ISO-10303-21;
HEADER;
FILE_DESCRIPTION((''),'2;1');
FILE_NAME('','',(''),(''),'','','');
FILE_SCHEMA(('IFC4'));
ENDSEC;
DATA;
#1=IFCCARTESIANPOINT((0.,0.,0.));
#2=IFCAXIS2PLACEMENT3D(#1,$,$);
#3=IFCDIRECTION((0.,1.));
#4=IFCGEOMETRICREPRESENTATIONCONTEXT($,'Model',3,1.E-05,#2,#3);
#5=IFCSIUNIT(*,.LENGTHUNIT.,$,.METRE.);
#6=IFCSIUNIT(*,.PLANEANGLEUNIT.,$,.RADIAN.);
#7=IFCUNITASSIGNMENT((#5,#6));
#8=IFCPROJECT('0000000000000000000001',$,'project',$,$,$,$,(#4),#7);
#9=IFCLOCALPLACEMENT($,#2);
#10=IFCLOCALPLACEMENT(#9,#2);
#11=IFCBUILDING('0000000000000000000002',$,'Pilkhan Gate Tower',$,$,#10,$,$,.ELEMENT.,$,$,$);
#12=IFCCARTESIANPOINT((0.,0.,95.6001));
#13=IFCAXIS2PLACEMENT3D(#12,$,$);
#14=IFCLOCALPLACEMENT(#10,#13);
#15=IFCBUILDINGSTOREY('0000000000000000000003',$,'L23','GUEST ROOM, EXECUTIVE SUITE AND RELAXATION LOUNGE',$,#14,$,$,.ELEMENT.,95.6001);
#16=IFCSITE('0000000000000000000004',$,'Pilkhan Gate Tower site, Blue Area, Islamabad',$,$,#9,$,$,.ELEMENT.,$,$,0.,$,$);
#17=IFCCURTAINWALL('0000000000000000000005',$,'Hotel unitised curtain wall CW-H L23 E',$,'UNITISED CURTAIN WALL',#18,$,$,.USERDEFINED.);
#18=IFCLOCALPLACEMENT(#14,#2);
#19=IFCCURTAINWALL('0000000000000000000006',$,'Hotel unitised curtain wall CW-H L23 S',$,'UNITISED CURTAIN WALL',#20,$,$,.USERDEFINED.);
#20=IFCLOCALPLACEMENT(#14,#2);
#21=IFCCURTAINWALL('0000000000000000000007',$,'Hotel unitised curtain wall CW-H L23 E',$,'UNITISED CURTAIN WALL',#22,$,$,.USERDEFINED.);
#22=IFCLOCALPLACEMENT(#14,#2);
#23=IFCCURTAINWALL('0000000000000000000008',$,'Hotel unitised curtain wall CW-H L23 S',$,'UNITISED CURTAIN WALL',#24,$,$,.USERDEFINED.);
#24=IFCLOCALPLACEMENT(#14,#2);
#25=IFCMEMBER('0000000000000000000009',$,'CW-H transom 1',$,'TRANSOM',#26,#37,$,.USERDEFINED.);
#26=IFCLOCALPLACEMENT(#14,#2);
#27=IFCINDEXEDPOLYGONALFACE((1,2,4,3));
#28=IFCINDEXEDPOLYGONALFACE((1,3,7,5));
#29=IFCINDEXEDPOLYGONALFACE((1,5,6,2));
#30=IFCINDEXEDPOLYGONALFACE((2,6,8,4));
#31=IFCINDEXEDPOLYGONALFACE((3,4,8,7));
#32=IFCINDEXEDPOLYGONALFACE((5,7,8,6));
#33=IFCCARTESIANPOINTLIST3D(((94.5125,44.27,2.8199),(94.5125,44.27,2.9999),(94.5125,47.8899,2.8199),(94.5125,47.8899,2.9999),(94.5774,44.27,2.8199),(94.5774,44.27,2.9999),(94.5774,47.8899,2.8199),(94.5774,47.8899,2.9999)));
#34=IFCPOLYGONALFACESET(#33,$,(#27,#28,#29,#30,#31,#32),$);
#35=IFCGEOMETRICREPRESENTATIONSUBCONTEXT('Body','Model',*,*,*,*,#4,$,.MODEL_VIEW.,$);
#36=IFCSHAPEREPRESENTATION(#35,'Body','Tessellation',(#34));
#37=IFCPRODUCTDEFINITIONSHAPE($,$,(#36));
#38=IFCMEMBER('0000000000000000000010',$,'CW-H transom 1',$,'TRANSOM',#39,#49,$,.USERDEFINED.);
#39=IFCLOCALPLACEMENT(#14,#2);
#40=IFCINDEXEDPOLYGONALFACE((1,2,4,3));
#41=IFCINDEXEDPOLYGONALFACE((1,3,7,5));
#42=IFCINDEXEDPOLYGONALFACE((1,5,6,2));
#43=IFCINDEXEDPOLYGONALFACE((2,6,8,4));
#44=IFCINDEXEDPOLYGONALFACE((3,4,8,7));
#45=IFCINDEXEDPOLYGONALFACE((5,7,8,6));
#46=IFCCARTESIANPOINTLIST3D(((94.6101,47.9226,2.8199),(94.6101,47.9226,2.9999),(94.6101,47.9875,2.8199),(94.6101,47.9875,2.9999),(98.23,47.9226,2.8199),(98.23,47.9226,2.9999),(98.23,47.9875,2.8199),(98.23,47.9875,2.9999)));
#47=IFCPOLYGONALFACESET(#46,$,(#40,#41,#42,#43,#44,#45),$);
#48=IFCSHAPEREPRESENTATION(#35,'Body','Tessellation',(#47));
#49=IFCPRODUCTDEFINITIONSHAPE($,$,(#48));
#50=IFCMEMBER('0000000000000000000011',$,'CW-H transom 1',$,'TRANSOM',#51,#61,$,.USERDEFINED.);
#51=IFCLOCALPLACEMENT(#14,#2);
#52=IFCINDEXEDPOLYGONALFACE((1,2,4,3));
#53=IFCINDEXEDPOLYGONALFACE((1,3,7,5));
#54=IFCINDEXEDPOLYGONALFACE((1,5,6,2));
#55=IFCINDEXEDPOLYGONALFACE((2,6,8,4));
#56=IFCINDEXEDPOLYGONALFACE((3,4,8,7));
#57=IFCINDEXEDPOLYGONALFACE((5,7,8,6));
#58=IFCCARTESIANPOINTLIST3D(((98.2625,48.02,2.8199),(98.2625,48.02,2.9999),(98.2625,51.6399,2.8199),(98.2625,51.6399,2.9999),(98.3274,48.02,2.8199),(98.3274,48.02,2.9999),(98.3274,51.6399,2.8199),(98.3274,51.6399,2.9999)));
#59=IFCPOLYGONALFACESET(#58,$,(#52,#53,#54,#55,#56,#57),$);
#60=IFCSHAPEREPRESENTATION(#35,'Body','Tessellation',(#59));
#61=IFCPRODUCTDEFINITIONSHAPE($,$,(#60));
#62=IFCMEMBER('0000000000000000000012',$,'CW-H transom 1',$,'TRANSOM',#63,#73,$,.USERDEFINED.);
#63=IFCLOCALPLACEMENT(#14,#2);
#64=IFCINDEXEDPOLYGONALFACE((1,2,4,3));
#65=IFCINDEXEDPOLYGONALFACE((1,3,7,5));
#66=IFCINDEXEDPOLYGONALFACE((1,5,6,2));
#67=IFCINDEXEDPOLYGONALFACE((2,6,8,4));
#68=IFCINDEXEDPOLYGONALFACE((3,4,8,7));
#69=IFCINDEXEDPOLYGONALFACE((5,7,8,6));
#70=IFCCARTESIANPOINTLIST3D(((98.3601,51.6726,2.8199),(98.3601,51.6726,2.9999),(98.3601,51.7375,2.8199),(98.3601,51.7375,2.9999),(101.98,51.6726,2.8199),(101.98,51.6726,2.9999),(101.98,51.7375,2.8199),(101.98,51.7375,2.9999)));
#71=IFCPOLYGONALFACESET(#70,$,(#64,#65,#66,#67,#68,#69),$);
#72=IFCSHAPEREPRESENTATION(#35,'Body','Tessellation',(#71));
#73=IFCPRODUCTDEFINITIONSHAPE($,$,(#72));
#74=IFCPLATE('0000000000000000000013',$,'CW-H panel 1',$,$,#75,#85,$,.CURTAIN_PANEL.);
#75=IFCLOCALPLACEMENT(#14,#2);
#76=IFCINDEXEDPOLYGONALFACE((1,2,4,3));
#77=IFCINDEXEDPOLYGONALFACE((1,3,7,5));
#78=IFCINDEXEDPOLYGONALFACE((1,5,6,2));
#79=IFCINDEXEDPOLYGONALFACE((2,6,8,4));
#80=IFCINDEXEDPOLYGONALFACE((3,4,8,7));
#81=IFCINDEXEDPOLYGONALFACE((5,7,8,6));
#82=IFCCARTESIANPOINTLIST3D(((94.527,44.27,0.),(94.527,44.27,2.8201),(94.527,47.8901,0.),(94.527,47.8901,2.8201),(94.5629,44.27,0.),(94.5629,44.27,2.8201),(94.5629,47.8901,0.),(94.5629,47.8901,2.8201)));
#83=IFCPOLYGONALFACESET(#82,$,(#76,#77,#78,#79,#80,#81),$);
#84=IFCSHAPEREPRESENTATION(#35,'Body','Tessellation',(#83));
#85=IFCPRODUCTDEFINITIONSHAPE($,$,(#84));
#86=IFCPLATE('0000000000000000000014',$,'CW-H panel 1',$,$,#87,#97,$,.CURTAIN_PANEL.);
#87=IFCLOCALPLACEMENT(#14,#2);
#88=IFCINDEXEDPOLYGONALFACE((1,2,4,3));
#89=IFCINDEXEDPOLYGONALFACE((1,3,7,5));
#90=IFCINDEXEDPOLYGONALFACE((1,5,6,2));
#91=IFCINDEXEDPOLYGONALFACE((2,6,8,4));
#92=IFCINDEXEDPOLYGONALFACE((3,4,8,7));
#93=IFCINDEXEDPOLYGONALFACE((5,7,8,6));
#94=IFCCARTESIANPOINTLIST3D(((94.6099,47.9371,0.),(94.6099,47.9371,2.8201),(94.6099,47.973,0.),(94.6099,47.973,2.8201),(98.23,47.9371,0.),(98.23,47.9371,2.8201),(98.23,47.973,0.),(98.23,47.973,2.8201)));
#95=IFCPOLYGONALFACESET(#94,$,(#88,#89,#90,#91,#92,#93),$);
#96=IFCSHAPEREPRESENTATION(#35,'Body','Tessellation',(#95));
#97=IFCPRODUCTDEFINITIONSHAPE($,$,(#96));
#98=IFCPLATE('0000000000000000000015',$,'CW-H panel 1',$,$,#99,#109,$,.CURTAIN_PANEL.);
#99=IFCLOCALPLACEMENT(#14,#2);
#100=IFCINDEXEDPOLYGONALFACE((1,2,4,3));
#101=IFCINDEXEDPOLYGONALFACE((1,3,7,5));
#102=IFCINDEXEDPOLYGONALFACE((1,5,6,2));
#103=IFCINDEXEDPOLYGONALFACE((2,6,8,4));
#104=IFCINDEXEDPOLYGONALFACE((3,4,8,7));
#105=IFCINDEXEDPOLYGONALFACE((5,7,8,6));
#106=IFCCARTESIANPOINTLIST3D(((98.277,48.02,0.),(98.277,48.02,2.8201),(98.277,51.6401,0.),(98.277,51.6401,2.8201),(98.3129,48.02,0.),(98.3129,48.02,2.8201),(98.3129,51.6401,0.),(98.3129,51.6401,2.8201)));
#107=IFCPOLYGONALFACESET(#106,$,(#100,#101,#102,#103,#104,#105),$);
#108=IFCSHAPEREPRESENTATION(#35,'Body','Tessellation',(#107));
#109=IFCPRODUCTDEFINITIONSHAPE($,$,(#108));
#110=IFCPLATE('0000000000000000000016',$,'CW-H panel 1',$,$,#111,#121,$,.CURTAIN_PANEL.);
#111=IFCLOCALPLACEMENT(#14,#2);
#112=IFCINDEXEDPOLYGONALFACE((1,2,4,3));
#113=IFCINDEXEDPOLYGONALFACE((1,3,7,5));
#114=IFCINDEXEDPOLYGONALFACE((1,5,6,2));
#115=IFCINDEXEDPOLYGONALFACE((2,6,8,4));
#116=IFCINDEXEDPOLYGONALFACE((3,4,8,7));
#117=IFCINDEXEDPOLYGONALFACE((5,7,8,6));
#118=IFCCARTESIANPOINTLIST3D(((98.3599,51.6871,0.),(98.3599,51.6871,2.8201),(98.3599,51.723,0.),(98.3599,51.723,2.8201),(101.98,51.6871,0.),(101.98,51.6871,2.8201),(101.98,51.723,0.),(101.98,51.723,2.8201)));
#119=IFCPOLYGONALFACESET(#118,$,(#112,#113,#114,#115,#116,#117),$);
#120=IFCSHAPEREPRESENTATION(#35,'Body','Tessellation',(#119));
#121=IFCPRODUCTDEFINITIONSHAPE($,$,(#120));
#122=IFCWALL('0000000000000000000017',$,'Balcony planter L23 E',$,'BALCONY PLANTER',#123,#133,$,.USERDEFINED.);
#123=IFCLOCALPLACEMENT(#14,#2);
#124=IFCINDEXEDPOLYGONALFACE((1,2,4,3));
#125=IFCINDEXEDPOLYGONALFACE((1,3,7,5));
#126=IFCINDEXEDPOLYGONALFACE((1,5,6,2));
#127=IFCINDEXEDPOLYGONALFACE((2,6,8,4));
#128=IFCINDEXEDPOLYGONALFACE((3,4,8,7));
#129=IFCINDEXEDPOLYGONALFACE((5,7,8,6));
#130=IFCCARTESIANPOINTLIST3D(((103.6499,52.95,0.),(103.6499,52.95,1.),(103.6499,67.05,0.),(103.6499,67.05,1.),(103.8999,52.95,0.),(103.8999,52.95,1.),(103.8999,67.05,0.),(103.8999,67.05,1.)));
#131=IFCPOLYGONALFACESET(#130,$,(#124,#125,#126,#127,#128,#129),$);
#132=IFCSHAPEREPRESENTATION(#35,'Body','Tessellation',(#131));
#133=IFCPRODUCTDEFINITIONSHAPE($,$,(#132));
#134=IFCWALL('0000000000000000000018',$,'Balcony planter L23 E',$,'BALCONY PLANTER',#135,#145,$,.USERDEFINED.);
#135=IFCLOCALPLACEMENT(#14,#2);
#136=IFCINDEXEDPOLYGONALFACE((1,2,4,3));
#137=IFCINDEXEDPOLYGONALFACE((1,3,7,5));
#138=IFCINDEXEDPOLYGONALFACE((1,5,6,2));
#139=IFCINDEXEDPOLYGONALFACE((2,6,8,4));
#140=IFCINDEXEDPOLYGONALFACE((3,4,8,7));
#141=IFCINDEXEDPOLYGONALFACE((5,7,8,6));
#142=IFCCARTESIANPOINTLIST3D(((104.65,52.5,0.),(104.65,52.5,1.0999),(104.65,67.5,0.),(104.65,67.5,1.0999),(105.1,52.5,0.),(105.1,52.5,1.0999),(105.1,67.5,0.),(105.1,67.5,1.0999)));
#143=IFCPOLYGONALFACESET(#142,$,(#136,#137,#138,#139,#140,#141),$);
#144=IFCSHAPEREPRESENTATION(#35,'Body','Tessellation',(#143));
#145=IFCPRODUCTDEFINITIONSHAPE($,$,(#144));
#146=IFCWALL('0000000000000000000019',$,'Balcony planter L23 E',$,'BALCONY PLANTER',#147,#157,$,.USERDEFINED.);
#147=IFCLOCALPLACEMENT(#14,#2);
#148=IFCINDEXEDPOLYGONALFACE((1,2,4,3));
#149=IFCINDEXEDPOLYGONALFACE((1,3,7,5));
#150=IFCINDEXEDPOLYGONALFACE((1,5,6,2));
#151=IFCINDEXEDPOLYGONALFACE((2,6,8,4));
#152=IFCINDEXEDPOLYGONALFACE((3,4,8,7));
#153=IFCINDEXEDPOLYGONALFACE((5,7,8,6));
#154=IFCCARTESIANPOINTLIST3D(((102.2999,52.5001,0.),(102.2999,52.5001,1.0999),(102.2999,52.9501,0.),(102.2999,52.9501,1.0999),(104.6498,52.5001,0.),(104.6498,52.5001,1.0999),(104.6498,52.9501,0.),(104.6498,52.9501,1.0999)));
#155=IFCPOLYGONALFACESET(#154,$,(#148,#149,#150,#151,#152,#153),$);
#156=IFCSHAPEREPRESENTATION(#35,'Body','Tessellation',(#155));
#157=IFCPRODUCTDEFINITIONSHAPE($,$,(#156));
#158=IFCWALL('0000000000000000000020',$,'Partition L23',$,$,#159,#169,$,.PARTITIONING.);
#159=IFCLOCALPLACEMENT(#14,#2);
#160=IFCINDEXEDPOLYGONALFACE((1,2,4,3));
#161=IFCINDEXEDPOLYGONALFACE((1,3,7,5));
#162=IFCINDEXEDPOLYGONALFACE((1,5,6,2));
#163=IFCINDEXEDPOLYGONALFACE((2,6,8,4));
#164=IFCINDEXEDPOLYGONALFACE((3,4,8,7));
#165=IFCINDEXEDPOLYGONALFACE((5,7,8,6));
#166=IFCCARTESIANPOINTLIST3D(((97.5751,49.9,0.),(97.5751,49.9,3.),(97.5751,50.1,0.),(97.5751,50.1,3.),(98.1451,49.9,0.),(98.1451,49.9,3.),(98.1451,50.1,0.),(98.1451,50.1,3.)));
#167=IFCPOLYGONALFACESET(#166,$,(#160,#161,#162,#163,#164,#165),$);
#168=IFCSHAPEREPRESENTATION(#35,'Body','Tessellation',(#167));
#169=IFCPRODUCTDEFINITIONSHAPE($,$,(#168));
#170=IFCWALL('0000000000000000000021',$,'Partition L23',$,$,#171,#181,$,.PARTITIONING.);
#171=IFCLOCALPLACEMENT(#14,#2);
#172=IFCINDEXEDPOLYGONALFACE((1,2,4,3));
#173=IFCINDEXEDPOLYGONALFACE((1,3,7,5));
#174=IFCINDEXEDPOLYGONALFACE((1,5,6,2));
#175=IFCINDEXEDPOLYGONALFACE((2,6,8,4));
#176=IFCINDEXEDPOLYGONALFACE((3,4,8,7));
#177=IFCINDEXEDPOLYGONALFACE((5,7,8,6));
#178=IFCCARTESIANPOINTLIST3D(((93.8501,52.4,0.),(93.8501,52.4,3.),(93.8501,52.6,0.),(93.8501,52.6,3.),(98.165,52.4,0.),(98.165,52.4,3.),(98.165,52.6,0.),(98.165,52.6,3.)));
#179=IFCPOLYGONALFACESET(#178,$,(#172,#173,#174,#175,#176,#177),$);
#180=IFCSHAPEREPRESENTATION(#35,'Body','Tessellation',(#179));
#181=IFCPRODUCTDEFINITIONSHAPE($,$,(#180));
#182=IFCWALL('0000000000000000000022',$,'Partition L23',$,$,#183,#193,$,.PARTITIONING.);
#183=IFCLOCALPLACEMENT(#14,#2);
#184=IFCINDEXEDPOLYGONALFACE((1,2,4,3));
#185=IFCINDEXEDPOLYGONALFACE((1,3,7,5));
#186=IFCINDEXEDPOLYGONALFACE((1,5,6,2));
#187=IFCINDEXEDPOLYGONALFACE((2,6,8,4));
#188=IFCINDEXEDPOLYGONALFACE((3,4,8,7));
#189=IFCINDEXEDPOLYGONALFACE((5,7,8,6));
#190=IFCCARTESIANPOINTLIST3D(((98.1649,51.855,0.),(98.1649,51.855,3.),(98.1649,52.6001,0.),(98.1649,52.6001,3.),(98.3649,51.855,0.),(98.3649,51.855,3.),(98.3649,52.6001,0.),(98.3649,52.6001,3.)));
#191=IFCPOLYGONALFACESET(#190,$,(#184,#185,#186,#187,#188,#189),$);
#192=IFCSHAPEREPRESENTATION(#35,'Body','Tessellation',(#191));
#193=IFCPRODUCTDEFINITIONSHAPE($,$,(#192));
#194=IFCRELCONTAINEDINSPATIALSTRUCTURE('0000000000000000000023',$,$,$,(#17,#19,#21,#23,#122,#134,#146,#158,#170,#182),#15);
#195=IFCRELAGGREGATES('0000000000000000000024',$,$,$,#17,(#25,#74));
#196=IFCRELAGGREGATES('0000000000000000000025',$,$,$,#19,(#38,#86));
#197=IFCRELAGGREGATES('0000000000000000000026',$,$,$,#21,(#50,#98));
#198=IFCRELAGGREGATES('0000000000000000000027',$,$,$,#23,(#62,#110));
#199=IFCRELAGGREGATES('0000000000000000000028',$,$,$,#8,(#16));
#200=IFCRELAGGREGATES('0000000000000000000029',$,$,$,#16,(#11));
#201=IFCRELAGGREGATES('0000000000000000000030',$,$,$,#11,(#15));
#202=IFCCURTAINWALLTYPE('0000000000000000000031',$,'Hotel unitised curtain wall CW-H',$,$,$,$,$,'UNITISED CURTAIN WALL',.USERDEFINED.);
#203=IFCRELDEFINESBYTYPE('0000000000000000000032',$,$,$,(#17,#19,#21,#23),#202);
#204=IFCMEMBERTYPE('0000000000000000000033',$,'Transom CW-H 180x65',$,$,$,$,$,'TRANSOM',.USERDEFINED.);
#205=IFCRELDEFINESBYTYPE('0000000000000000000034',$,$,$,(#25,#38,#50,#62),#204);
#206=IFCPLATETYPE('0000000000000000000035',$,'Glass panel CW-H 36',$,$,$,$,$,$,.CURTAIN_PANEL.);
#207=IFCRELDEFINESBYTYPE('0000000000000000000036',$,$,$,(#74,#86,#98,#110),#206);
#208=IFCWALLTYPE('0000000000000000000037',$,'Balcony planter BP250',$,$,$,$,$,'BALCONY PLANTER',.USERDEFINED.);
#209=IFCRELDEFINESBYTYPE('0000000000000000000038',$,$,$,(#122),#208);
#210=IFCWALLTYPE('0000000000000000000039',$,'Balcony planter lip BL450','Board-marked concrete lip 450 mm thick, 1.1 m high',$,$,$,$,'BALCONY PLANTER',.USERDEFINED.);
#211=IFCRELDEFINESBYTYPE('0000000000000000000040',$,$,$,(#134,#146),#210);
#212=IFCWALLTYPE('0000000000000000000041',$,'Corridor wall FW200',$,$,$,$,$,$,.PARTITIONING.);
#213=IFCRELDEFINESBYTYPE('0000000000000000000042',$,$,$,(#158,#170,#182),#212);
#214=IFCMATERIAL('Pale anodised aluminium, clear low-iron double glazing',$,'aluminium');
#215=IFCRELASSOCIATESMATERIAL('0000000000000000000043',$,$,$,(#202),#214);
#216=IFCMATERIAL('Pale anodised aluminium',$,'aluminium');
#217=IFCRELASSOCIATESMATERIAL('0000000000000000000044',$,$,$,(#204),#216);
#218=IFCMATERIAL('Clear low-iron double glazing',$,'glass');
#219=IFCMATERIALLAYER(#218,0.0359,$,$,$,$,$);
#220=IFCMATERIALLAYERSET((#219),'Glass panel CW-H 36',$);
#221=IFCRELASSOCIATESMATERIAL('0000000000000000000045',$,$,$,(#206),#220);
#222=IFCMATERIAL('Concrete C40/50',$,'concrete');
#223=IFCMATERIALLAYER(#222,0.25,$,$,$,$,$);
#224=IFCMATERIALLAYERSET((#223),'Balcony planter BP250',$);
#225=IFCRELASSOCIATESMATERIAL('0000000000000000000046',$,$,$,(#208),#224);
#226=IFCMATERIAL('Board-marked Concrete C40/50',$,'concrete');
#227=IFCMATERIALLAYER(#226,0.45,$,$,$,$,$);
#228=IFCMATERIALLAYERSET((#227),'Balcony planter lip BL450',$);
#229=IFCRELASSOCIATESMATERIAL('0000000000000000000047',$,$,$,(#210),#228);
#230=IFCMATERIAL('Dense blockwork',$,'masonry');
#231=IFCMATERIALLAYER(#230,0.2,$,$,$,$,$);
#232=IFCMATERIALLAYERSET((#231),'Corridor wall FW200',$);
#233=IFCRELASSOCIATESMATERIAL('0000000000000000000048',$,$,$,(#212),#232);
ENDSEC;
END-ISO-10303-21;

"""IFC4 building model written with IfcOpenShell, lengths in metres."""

from ifc_helpers import new_model, si_unit, direction, frame, frame_2d, origin, origin_2d, place, context, subcontext, project, spatial, rectangle, extrude, material, layer, layer_set, material_profile, profile_set, type_object, element, aggregate, save


model = new_model("IFC4")

# Units and contexts
model_context = context("Model", 3, precision=1e-05, world=origin(), true_north=direction((0.0, 1.0)))
body_context = subcontext(model_context, "Body", "Model", "MODEL_VIEW")
ifc_project = project(units=[si_unit("LENGTHUNIT", "METRE"), si_unit("PLANEANGLEUNIT", "RADIAN")], contexts=[model_context])

# Site, building, storey
site_placement = place(None, origin())
site = spatial("IfcSite", under=ifc_project, at=site_placement, Name="Pilkhan Gate Tower site, Blue Area, Islamabad", CompositionType="ELEMENT", RefElevation=0.0)
building_placement = place(site_placement, origin())
building = spatial("IfcBuilding", under=site, at=building_placement, Name="Pilkhan Gate Tower", CompositionType="ELEMENT")
storey_placement = place(building_placement, frame((0.0, 0.0, 95.6001)))
storey = spatial("IfcBuildingStorey", under=building, at=storey_placement, Name="L23", Description="GUEST ROOM, EXECUTIVE SUITE AND RELAXATION LOUNGE", CompositionType="ELEMENT", Elevation=95.6001)

# Shared definitions
ifc_material_1 = material(Name="Pale anodised aluminium, clear low-iron double glazing", Category="aluminium")
curtain_wall_type = type_object("IfcCurtainWallType", Name="Hotel unitised curtain wall CW-H", ElementType="UNITISED CURTAIN WALL", PredefinedType="USERDEFINED", material=ifc_material_1)
ifc_material_2 = material(Name="Pale anodised aluminium", Category="aluminium")

# Curtain walls
curtain_wall_1_placement = place(storey_placement, origin())
curtain_wall_1 = element("IfcCurtainWall", 1, at=curtain_wall_1_placement, inside=storey, type_object=curtain_wall_type, Name="Hotel unitised curtain wall CW-H L23 E", ObjectType="UNITISED CURTAIN WALL", PredefinedType="USERDEFINED")
curtain_wall_2_placement = place(storey_placement, origin())
curtain_wall_2 = element("IfcCurtainWall", 2, at=curtain_wall_2_placement, inside=storey, type_object=curtain_wall_type, Name="Hotel unitised curtain wall CW-H L23 S", ObjectType="UNITISED CURTAIN WALL", PredefinedType="USERDEFINED")
curtain_wall_3_placement = place(storey_placement, origin())
curtain_wall_3 = element("IfcCurtainWall", 3, at=curtain_wall_3_placement, inside=storey, type_object=curtain_wall_type, Name="Hotel unitised curtain wall CW-H L23 E", ObjectType="UNITISED CURTAIN WALL", PredefinedType="USERDEFINED")
curtain_wall_4_placement = place(storey_placement, origin())
curtain_wall_4 = element("IfcCurtainWall", 4, at=curtain_wall_4_placement, inside=storey, type_object=curtain_wall_type, Name="Hotel unitised curtain wall CW-H L23 S", ObjectType="UNITISED CURTAIN WALL", PredefinedType="USERDEFINED")

# Members
ifc_material_profile_1 = material_profile(ifc_material_2, rectangle(XDim=0.0649, YDim=0.1799, at=origin_2d()), Name="Transom 180x65")
ifc_profile_set_1 = profile_set([ifc_material_profile_1], Name="Pale anodised aluminium")
member_type_1 = type_object("IfcMemberType", Name="Transom CW-H 180x65", ElementType="TRANSOM", PredefinedType="USERDEFINED", material=ifc_profile_set_1)
member_1_placement = place(storey_placement, frame((94.5449, 44.27, 2.9099), z_axis=(0.0, 1.0, 0.0), x_axis=(-1.0, 0.0, 0.0)))
member_1 = element("IfcMember", 5, at=member_1_placement, type_object=member_type_1, Name="CW-H transom 1", ObjectType="TRANSOM", PredefinedType="USERDEFINED", context=body_context, shape_type="SweptSolid", body=[
    extrude(rectangle(XDim=0.0649, YDim=0.1799, at=origin_2d()), origin(), (0.0, 0.0, 1.0), 3.6199),
])
member_2_placement = place(storey_placement, frame((94.6101, 47.9551, 2.9099), z_axis=(1.0, 0.0, 0.0), x_axis=(0.0, 1.0, 0.0)))
member_2 = element("IfcMember", 6, at=member_2_placement, type_object=member_type_1, Name="CW-H transom 1", ObjectType="TRANSOM", PredefinedType="USERDEFINED", context=body_context, shape_type="SweptSolid", body=[
    extrude(rectangle(XDim=0.0649, YDim=0.1799, at=origin_2d()), origin(), (0.0, 0.0, 1.0), 3.6199),
])
member_3_placement = place(storey_placement, frame((98.2949, 48.02, 2.9099), z_axis=(0.0, 1.0, 0.0), x_axis=(-1.0, 0.0, 0.0)))
member_3 = element("IfcMember", 7, at=member_3_placement, type_object=member_type_1, Name="CW-H transom 1", ObjectType="TRANSOM", PredefinedType="USERDEFINED", context=body_context, shape_type="SweptSolid", body=[
    extrude(rectangle(XDim=0.0649, YDim=0.1799, at=origin_2d()), origin(), (0.0, 0.0, 1.0), 3.6199),
])
member_4_placement = place(storey_placement, frame((98.3601, 51.7051, 2.9099), z_axis=(1.0, 0.0, 0.0), x_axis=(0.0, 1.0, 0.0)))
member_4 = element("IfcMember", 8, at=member_4_placement, type_object=member_type_1, Name="CW-H transom 1", ObjectType="TRANSOM", PredefinedType="USERDEFINED", context=body_context, shape_type="SweptSolid", body=[
    extrude(rectangle(XDim=0.0649, YDim=0.1799, at=origin_2d()), origin(), (0.0, 0.0, 1.0), 3.6199),
])

# Plates
ifc_material_3 = material(Name="Clear low-iron double glazing", Category="glass")
ifc_layer_1 = layer(ifc_material_3, 0.0359)
ifc_layer_set_1 = layer_set([ifc_layer_1], Name="Glass panel CW-H 36")
plate_type = type_object("IfcPlateType", Name="Glass panel CW-H 36", PredefinedType="CURTAIN_PANEL", material=ifc_layer_set_1)
plate_1_placement = place(storey_placement, frame((94.5449, 46.0801, 0.0), z_axis=(0.0, 0.0, 1.0), x_axis=(0.0, 1.0, 0.0)))
plate_1 = element("IfcPlate", 9, at=plate_1_placement, type_object=plate_type, Name="CW-H panel 1", PredefinedType="CURTAIN_PANEL", context=body_context, shape_type="SweptSolid", body=[
    extrude(rectangle(XDim=3.6201, YDim=0.0359, at=origin_2d()), origin(), (0.0, 0.0, 1.0), 2.8201),
])
aggregate(curtain_wall_1, [member_1, plate_1])
plate_2_placement = place(storey_placement, frame((96.4199, 47.9551, 0.0), z_axis=(0.0, 0.0, 1.0), x_axis=(1.0, 0.0, 0.0)))
plate_2 = element("IfcPlate", 10, at=plate_2_placement, type_object=plate_type, Name="CW-H panel 1", PredefinedType="CURTAIN_PANEL", context=body_context, shape_type="SweptSolid", body=[
    extrude(rectangle(XDim=3.6201, YDim=0.0359, at=origin_2d()), origin(), (0.0, 0.0, 1.0), 2.8201),
])
aggregate(curtain_wall_2, [member_2, plate_2])
plate_3_placement = place(storey_placement, frame((98.2949, 49.8301, 0.0), z_axis=(0.0, 0.0, 1.0), x_axis=(0.0, 1.0, 0.0)))
plate_3 = element("IfcPlate", 11, at=plate_3_placement, type_object=plate_type, Name="CW-H panel 1", PredefinedType="CURTAIN_PANEL", context=body_context, shape_type="SweptSolid", body=[
    extrude(rectangle(XDim=3.6201, YDim=0.0359, at=origin_2d()), origin(), (0.0, 0.0, 1.0), 2.8201),
])
aggregate(curtain_wall_3, [member_3, plate_3])
plate_4_placement = place(storey_placement, frame((100.1699, 51.7051, 0.0), z_axis=(0.0, 0.0, 1.0), x_axis=(1.0, 0.0, 0.0)))
plate_4 = element("IfcPlate", 12, at=plate_4_placement, type_object=plate_type, Name="CW-H panel 1", PredefinedType="CURTAIN_PANEL", context=body_context, shape_type="SweptSolid", body=[
    extrude(rectangle(XDim=3.6201, YDim=0.0359, at=origin_2d()), origin(), (0.0, 0.0, 1.0), 2.8201),
])
aggregate(curtain_wall_4, [member_4, plate_4])

# Walls
ifc_material_4 = material(Name="Concrete C40/50", Category="concrete")
ifc_layer_2 = layer(ifc_material_4, 0.25)
ifc_layer_set_2 = layer_set([ifc_layer_2], Name="Balcony planter BP250")
wall_type_1 = type_object("IfcWallType", Name="Balcony planter BP250", ElementType="BALCONY PLANTER", PredefinedType="USERDEFINED", material=ifc_layer_set_2)
wall_1_placement = place(storey_placement, frame((103.7749, 52.95, 0.0), z_axis=(0.0, 0.0, 1.0), x_axis=(0.0, 1.0, 0.0)))
element("IfcWall", 13, at=wall_1_placement, inside=storey, type_object=wall_type_1, Name="Balcony planter L23 E", ObjectType="BALCONY PLANTER", PredefinedType="USERDEFINED", context=body_context, shape_type="SweptSolid", body=[
    extrude(rectangle(XDim=14.1001, YDim=0.25, at=frame_2d((7.05, 0.0))), origin(), (0.0, 0.0, 1.0), 1.0),
])
ifc_material_5 = material(Name="Board-marked Concrete C40/50", Category="concrete")
ifc_layer_3 = layer(ifc_material_5, 0.45)
ifc_layer_set_3 = layer_set([ifc_layer_3], Name="Balcony planter lip BL450")
wall_type_2 = type_object("IfcWallType", Name="Balcony planter lip BL450", Description="Board-marked concrete lip 450 mm thick, 1.1 m high", ElementType="BALCONY PLANTER", PredefinedType="USERDEFINED", material=ifc_layer_set_3)
wall_2_placement = place(storey_placement, frame((104.875, 52.5, 0.0), z_axis=(0.0, 0.0, 1.0), x_axis=(0.0, 1.0, 0.0)))
element("IfcWall", 14, at=wall_2_placement, inside=storey, type_object=wall_type_2, Name="Balcony planter L23 E", ObjectType="BALCONY PLANTER", PredefinedType="USERDEFINED", context=body_context, shape_type="SweptSolid", body=[
    extrude(rectangle(XDim=15.0, YDim=0.45, at=frame_2d((7.5, 0.0))), origin(), (0.0, 0.0, 1.0), 1.0999),
])
wall_3_placement = place(storey_placement, frame((102.3, 52.7251, 0.0), z_axis=(0.0, 0.0, 1.0), x_axis=(1.0, 0.0, 0.0)))
element("IfcWall", 15, at=wall_3_placement, inside=storey, type_object=wall_type_2, Name="Balcony planter L23 E", ObjectType="BALCONY PLANTER", PredefinedType="USERDEFINED", context=body_context, shape_type="SweptSolid", body=[
    extrude(rectangle(XDim=2.3499, YDim=0.45, at=frame_2d((1.1748, 0.0))), origin(), (0.0, 0.0, 1.0), 1.0999),
])
ifc_material_6 = material(Name="Dense blockwork", Category="masonry")
ifc_layer_4 = layer(ifc_material_6, 0.2)
ifc_layer_set_4 = layer_set([ifc_layer_4], Name="Corridor wall FW200")
wall_type_3 = type_object("IfcWallType", Name="Corridor wall FW200", PredefinedType="PARTITIONING", material=ifc_layer_set_4)
wall_4_placement = place(storey_placement, frame((97.575, 50.0, 0.0), z_axis=(0.0, 0.0, 1.0), x_axis=(1.0, 0.0, 0.0)))
element("IfcWall", 16, at=wall_4_placement, inside=storey, type_object=wall_type_3, Name="Partition L23", PredefinedType="PARTITIONING", context=body_context, shape_type="SweptSolid", body=[
    extrude(rectangle(XDim=0.5701, YDim=0.2, at=frame_2d((0.2852, 0.0))), origin(), (0.0, 0.0, 1.0), 3.0),
])
wall_5_placement = place(storey_placement, frame((93.8501, 52.5, 0.0), z_axis=(0.0, 0.0, 1.0), x_axis=(1.0, 0.0, 0.0)))
element("IfcWall", 17, at=wall_5_placement, inside=storey, type_object=wall_type_3, Name="Partition L23", PredefinedType="PARTITIONING", context=body_context, shape_type="SweptSolid", body=[
    extrude(rectangle(XDim=4.3149, YDim=0.2, at=frame_2d((2.1575, 0.0))), origin(), (0.0, 0.0, 1.0), 3.0),
])
wall_6_placement = place(storey_placement, frame((98.2649, 51.855, 0.0), z_axis=(0.0, 0.0, 1.0), x_axis=(0.0, 1.0, 0.0)))
element("IfcWall", 18, at=wall_6_placement, inside=storey, type_object=wall_type_3, Name="Partition L23", PredefinedType="PARTITIONING", context=body_context, shape_type="SweptSolid", body=[
    extrude(rectangle(XDim=0.7451, YDim=0.2, at=frame_2d((0.3726, 0.0))), origin(), (0.0, 0.0, 1.0), 3.0),
])

save(model, "model.ifc")
